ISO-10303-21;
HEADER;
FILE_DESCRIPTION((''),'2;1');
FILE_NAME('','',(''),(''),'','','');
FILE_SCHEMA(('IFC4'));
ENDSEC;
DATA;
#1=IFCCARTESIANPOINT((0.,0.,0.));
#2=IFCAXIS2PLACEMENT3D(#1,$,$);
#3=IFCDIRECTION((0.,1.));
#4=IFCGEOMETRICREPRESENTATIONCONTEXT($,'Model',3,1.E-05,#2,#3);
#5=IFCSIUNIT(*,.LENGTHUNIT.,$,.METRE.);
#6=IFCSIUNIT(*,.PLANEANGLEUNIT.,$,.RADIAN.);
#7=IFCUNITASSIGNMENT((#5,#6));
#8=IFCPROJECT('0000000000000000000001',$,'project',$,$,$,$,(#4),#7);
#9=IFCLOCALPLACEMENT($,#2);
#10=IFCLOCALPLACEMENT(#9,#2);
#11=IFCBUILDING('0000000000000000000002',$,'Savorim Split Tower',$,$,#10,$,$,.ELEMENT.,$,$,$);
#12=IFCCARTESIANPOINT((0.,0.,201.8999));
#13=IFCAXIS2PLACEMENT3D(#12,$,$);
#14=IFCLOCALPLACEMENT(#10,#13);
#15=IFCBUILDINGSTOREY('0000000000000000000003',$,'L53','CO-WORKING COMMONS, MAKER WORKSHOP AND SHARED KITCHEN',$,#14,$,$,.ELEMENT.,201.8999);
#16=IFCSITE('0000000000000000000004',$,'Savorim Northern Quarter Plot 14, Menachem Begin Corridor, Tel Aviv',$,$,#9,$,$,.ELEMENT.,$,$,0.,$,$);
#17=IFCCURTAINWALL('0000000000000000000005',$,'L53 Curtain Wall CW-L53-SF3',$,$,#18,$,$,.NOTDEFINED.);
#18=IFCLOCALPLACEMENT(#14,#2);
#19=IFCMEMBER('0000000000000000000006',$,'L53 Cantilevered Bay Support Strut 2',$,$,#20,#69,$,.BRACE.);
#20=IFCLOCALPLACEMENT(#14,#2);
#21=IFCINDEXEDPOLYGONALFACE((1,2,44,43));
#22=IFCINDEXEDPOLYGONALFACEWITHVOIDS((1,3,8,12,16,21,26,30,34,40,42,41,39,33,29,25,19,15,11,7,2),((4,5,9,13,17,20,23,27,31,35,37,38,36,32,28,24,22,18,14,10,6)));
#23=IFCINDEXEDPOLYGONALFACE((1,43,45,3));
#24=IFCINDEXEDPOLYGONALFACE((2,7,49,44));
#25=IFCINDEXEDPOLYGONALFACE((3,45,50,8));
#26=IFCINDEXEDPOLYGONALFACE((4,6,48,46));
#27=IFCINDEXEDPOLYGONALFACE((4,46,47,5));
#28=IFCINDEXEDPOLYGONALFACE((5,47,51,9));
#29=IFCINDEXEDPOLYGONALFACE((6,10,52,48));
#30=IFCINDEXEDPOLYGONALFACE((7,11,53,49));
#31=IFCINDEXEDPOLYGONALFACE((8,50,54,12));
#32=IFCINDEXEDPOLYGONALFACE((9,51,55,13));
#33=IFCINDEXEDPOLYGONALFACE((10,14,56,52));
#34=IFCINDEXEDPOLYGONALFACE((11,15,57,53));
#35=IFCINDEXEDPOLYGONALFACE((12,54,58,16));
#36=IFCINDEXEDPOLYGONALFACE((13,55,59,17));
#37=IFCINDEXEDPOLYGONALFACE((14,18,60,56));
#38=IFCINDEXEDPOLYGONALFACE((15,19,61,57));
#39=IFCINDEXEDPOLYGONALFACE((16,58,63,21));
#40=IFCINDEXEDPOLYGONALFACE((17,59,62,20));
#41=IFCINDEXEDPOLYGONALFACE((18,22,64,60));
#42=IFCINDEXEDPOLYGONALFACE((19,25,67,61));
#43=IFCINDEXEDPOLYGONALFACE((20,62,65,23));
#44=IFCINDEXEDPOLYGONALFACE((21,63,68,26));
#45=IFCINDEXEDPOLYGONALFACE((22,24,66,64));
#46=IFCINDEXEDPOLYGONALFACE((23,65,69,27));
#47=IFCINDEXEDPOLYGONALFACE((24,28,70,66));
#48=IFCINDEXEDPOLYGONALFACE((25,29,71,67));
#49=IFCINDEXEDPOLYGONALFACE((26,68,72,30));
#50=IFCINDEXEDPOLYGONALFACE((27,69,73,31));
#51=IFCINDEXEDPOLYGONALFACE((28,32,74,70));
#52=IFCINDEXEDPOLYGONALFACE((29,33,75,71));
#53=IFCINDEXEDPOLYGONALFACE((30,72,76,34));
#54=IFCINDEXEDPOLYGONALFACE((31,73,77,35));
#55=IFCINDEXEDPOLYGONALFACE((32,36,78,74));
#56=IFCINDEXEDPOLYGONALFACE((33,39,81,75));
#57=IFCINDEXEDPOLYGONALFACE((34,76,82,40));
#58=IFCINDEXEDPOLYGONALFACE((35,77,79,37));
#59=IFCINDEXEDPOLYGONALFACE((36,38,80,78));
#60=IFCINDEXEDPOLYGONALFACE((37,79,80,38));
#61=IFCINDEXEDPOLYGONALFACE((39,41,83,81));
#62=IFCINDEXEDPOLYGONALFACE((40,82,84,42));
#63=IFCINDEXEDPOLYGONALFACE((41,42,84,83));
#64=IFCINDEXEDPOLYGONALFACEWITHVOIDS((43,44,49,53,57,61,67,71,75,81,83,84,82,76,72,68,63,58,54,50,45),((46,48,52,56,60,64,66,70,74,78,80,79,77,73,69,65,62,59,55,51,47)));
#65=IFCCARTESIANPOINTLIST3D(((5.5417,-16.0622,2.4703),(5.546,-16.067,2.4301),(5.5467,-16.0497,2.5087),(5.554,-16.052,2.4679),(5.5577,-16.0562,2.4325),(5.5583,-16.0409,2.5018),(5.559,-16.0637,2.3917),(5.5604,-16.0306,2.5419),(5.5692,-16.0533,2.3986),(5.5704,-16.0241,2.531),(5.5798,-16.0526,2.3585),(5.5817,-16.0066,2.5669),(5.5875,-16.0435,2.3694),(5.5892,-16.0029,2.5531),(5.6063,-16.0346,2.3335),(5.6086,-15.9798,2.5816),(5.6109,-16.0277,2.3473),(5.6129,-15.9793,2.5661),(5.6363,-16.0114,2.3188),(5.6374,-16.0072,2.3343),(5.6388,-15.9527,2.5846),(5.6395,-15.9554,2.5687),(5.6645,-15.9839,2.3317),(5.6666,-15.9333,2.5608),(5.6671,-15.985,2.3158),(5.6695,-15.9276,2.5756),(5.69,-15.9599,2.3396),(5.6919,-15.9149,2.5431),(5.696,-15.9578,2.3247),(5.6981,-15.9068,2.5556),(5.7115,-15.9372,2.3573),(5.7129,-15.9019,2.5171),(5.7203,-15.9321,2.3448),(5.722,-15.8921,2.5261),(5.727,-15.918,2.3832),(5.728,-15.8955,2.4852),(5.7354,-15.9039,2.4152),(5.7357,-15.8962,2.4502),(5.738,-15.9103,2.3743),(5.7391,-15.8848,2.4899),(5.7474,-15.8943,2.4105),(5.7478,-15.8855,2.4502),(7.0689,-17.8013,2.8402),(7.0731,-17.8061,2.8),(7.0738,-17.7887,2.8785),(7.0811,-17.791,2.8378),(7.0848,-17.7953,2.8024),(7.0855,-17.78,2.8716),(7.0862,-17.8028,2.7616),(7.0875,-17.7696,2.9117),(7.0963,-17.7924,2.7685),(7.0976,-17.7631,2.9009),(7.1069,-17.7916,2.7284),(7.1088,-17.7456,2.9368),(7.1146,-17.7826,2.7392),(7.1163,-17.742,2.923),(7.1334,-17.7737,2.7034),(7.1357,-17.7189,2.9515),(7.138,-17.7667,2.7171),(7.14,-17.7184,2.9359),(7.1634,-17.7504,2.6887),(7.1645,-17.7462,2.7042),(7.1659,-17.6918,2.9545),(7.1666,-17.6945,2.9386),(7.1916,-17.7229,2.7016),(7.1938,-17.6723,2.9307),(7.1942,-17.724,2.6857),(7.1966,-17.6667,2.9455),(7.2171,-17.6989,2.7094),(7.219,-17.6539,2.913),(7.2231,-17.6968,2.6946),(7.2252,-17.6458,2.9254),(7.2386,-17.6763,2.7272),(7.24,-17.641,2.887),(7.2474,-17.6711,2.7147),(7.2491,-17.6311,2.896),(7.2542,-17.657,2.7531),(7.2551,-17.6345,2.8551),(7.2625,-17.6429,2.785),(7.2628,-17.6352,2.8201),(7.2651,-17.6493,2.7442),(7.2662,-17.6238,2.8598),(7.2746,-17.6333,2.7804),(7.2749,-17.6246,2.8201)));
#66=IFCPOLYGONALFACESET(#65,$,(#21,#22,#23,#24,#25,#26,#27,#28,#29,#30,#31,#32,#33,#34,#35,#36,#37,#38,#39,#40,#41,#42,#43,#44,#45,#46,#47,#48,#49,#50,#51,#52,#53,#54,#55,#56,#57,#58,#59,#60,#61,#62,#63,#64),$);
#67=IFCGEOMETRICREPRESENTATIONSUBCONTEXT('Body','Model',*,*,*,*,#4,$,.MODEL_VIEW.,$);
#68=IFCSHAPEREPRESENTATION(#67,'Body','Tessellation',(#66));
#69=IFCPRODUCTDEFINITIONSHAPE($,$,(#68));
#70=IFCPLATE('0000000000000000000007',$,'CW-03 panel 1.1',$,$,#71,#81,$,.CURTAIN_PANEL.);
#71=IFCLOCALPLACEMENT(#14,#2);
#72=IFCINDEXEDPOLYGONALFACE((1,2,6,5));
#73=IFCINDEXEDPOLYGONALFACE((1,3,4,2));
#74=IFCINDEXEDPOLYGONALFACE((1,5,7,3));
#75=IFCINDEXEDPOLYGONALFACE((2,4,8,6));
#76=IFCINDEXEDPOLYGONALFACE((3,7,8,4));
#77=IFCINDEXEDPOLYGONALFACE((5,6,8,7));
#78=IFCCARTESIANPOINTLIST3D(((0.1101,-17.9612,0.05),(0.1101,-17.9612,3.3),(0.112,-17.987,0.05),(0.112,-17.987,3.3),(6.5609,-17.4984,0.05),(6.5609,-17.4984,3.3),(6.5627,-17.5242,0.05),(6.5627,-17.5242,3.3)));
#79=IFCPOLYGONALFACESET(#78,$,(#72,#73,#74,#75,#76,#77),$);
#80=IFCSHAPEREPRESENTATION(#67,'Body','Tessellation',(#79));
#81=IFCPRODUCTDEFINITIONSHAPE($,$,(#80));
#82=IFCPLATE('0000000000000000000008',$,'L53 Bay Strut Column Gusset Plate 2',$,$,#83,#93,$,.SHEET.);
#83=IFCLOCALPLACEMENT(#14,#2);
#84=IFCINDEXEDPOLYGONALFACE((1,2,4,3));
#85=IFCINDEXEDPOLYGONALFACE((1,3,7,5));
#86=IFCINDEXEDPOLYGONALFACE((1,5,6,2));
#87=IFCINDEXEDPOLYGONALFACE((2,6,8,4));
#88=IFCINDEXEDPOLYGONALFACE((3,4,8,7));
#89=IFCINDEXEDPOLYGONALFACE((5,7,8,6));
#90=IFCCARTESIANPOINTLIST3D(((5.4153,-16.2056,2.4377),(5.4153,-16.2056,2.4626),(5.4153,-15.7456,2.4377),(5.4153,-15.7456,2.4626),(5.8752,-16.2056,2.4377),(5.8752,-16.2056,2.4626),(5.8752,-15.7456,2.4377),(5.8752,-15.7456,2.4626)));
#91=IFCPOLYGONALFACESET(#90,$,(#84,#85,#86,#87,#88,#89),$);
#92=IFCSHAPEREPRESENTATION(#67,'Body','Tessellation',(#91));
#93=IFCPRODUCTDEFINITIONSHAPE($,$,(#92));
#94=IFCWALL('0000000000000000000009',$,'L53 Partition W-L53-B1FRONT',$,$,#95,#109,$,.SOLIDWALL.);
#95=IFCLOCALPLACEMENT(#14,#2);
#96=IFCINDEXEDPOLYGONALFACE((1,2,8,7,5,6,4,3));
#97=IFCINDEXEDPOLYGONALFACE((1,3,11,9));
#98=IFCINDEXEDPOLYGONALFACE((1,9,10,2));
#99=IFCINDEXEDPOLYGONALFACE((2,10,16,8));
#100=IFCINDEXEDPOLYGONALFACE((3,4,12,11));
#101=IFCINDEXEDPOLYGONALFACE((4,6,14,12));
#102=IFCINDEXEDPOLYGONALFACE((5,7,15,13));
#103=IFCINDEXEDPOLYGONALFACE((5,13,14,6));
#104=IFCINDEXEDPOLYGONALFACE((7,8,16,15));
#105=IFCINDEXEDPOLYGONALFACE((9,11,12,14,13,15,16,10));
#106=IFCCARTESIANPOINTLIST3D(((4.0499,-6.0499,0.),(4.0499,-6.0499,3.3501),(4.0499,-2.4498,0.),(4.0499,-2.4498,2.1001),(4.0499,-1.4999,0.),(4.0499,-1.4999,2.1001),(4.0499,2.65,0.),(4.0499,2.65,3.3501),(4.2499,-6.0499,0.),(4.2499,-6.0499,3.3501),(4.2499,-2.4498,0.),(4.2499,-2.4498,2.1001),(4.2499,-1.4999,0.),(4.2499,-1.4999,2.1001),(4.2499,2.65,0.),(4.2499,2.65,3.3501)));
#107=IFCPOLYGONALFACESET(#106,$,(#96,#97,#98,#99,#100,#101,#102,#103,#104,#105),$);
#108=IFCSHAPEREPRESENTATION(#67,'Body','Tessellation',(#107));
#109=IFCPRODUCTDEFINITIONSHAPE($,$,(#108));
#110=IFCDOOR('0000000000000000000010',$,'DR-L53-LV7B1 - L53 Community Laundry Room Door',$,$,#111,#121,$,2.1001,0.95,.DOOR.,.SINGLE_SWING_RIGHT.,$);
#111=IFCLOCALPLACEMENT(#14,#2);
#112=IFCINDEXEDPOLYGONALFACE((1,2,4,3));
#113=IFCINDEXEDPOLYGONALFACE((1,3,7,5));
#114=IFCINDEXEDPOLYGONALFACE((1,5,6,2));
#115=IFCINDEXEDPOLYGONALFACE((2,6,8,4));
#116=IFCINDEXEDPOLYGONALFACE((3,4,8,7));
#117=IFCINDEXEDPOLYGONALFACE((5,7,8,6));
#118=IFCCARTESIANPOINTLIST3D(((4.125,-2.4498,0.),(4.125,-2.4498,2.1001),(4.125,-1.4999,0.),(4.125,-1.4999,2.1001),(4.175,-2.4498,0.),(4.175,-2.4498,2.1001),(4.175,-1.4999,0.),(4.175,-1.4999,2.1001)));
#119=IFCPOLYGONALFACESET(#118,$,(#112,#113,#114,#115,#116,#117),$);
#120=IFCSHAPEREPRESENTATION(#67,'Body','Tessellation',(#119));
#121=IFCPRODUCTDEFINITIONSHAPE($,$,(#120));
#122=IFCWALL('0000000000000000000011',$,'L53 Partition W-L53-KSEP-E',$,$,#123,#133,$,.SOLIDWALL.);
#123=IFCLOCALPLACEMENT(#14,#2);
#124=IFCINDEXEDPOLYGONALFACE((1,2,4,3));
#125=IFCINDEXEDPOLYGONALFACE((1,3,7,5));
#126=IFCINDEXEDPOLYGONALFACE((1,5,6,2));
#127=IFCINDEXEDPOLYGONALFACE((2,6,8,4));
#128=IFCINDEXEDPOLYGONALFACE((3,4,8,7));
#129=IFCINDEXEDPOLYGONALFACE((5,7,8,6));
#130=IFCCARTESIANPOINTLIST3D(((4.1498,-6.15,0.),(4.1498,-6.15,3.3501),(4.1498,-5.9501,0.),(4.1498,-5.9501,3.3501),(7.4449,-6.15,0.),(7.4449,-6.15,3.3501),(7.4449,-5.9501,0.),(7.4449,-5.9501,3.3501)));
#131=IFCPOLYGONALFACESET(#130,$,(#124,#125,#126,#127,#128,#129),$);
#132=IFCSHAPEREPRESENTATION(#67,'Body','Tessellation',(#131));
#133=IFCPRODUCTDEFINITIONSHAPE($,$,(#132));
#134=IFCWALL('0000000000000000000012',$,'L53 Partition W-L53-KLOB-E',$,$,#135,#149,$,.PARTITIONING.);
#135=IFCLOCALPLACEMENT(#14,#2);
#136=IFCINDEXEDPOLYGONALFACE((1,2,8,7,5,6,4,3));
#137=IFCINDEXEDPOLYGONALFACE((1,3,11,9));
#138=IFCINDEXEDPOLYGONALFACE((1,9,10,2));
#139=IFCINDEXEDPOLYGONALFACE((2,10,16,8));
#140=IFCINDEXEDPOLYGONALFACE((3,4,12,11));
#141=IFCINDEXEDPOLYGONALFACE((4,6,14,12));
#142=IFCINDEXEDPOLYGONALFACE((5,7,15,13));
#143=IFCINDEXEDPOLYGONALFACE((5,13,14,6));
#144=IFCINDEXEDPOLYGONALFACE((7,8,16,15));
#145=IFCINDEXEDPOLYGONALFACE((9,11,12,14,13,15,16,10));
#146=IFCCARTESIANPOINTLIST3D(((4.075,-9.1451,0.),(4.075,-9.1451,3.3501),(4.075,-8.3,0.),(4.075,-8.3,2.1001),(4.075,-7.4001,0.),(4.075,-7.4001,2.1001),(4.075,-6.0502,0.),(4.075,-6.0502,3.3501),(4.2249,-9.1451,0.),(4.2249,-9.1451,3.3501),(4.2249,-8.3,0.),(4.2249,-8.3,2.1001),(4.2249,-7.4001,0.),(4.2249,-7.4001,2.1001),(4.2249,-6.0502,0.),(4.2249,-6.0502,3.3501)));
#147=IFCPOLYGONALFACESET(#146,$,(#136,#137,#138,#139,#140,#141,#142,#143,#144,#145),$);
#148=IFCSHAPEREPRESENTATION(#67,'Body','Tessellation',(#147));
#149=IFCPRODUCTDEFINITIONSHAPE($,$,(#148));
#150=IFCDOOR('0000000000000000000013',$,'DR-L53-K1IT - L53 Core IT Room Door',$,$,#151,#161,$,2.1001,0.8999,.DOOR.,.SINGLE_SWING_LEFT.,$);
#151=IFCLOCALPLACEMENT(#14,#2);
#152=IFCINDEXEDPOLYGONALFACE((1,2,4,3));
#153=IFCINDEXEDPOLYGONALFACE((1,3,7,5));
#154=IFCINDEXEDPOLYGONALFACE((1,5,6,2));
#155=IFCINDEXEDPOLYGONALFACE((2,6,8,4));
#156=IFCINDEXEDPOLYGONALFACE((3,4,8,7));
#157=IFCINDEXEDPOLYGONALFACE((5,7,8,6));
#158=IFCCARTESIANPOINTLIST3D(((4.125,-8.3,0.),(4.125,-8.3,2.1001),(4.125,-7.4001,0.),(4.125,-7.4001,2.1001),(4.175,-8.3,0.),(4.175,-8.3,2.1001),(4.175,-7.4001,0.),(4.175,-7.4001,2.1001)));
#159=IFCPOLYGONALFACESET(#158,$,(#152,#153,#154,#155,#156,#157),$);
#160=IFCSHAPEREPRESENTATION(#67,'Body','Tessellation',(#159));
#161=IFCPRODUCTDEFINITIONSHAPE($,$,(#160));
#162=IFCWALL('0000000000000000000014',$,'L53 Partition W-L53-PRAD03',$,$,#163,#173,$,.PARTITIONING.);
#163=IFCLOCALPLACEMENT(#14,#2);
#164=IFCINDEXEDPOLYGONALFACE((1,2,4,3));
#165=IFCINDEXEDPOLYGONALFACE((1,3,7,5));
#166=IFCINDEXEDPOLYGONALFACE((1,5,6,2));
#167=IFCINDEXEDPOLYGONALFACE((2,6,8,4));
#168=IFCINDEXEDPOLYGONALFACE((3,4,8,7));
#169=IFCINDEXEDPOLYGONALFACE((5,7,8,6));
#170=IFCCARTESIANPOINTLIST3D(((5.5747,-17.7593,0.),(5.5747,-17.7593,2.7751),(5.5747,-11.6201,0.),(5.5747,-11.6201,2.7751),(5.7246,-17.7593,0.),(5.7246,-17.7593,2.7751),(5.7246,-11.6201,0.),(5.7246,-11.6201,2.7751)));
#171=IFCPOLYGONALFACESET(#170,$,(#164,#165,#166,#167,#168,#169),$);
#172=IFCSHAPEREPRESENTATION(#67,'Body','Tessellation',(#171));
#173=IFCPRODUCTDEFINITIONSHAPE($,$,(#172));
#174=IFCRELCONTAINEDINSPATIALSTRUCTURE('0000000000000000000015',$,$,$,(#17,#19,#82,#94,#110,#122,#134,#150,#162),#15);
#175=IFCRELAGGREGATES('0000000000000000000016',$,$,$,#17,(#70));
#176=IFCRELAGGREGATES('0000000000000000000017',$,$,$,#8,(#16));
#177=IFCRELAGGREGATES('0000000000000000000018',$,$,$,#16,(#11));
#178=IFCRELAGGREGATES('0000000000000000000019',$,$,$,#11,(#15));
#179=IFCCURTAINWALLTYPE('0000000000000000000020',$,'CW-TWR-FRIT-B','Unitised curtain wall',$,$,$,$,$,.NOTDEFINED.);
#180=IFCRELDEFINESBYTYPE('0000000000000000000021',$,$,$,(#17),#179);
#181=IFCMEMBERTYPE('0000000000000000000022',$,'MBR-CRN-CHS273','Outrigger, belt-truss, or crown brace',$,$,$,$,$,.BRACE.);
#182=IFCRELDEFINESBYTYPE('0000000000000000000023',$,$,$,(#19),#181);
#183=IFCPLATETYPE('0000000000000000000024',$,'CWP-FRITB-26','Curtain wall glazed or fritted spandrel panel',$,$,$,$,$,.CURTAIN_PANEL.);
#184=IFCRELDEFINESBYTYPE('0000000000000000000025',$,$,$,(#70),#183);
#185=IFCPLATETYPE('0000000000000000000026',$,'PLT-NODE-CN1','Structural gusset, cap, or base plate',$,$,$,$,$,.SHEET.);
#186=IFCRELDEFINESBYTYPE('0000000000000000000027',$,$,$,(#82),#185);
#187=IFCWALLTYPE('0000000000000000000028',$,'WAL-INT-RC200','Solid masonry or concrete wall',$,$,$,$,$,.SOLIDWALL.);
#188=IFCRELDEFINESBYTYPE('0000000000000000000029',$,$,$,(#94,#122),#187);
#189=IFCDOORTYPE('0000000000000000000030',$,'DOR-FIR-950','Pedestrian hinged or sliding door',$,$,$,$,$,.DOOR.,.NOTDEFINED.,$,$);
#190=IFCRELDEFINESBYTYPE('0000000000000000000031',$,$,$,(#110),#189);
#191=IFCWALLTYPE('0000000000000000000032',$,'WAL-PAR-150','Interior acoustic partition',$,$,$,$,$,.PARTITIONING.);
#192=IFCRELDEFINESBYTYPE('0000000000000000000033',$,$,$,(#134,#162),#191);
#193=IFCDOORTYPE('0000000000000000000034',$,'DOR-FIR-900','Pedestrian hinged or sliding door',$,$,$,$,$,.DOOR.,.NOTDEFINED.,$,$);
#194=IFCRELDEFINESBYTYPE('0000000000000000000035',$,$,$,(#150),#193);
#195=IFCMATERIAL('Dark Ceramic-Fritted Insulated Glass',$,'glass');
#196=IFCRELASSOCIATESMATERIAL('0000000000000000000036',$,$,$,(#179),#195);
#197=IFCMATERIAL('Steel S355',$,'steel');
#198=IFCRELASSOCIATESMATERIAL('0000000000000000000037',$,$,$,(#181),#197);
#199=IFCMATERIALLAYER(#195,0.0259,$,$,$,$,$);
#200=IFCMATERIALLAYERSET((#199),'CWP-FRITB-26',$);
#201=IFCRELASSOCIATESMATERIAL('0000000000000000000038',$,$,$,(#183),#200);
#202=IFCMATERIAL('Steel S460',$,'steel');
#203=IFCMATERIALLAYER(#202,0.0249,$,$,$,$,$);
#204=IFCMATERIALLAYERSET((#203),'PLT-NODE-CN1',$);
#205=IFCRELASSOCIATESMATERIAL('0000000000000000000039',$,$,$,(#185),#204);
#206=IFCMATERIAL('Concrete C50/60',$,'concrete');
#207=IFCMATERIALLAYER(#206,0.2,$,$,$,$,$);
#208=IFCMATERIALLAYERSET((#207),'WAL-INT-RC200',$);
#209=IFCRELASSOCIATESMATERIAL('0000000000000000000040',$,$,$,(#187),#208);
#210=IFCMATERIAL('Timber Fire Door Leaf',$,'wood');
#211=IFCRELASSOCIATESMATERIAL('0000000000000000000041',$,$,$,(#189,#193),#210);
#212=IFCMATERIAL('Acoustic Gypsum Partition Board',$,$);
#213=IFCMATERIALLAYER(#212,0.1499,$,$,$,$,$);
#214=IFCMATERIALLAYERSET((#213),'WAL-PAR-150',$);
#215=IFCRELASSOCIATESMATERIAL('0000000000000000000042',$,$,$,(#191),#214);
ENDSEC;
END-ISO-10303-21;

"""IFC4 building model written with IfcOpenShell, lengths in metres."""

from ifc_helpers import new_model, si_unit, direction, frame, frame_2d, origin, origin_2d, place, context, subcontext, project, spatial, rectangle, hollow_circle, extrude, material, layer, layer_set, material_profile, profile_set, type_object, element, fill, aggregate, save


model = new_model("IFC4")

# Units and contexts
model_context = context("Model", 3, precision=1e-05, world=origin(), true_north=direction((0.0, 1.0)))
body_context = subcontext(model_context, "Body", "Model", "MODEL_VIEW")
ifc_project = project(units=[si_unit("LENGTHUNIT", "METRE"), si_unit("PLANEANGLEUNIT", "RADIAN")], contexts=[model_context])

# Site, building, storey
site_placement = place(None, origin())
site = spatial("IfcSite", under=ifc_project, at=site_placement, Name="Savorim Northern Quarter Plot 14, Menachem Begin Corridor, Tel Aviv", CompositionType="ELEMENT", RefElevation=0.0)
building_placement = place(site_placement, origin())
building = spatial("IfcBuilding", under=site, at=building_placement, Name="Savorim Split Tower", CompositionType="ELEMENT")
storey_placement = place(building_placement, frame((0.0, 0.0, 201.8999)))
storey = spatial("IfcBuildingStorey", under=building, at=storey_placement, Name="L53", Description="CO-WORKING COMMONS, MAKER WORKSHOP AND SHARED KITCHEN", CompositionType="ELEMENT", Elevation=201.8999)

# Shared definitions
ifc_material_1 = material(Name="Steel S355", Category="steel")

# Curtain wall
ifc_material_2 = material(Name="Dark Ceramic-Fritted Insulated Glass", Category="glass")
curtain_wall_type = type_object("IfcCurtainWallType", Name="CW-TWR-FRIT-B", Description="Unitised curtain wall", PredefinedType="NOTDEFINED", material=ifc_material_2)
curtain_wall_placement = place(storey_placement, origin())
curtain_wall = element("IfcCurtainWall", 1, at=curtain_wall_placement, inside=storey, type_object=curtain_wall_type, Name="L53 Curtain Wall CW-L53-SF3", PredefinedType="NOTDEFINED")

# Member
ifc_material_profile_1 = material_profile(ifc_material_1, hollow_circle(Radius=0.1365, WallThickness=0.0161, at=origin_2d()), Name="CHS 273x16")
ifc_profile_set_1 = profile_set([ifc_material_profile_1], Name="Steel S355")
member_type_1 = type_object("IfcMemberType", Name="MBR-CRN-CHS273", Description="Outrigger, belt-truss, or crown brace", PredefinedType="BRACE", material=ifc_profile_set_1)
member_1_placement = place(storey_placement, frame((5.6453, -15.9756, 2.4502), z_axis=(0.651572, -0.74199, 0.157815), x_axis=(0.751406, 0.65984, 0.0)))
element("IfcMember", 2, at=member_1_placement, inside=storey, type_object=member_type_1, Name="L53 Cantilevered Bay Support Strut 2", PredefinedType="BRACE", context=body_context, shape_type="SweptSolid", body=[
    extrude(hollow_circle(Radius=0.1365, WallThickness=0.0161, at=origin_2d()), origin(), (0.0, 0.0, 1.0), 2.3438),
])

# Plates
ifc_layer_1 = layer(ifc_material_2, 0.0259)
ifc_layer_set_1 = layer_set([ifc_layer_1], Name="CWP-FRITB-26")
plate_type_1 = type_object("IfcPlateType", Name="CWP-FRITB-26", Description="Curtain wall glazed or fritted spandrel panel", PredefinedType="CURTAIN_PANEL", material=ifc_layer_set_1)
plate_1_placement = place(storey_placement, frame((3.3364, -17.7427, 0.05), z_axis=(0.0, 0.0, 1.0), x_axis=(0.997436, 0.071562, 0.0)))
plate_1 = element("IfcPlate", 3, at=plate_1_placement, type_object=plate_type_1, Name="CW-03 panel 1.1", PredefinedType="CURTAIN_PANEL", context=body_context, shape_type="SweptSolid", body=[
    extrude(rectangle(XDim=6.4673, YDim=0.0259, at=origin_2d()), origin(), (0.0, 0.0, 1.0), 3.25),
])
aggregate(curtain_wall, [plate_1])
ifc_material_3 = material(Name="Steel S460", Category="steel")
ifc_layer_2 = layer(ifc_material_3, 0.0249)
ifc_layer_set_2 = layer_set([ifc_layer_2], Name="PLT-NODE-CN1")
plate_type_2 = type_object("IfcPlateType", Name="PLT-NODE-CN1", Description="Structural gusset, cap, or base plate", PredefinedType="SHEET", material=ifc_layer_set_2)
plate_2_placement = place(storey_placement, frame((5.6453, -15.9756, 2.4377), z_axis=(0.0, 0.0, 1.0), x_axis=(1.0, 0.0, 0.0)))
element("IfcPlate", 4, at=plate_2_placement, inside=storey, type_object=plate_type_2, Name="L53 Bay Strut Column Gusset Plate 2", PredefinedType="SHEET", context=body_context, shape_type="SweptSolid", body=[
    extrude(rectangle(XDim=0.46, YDim=0.46, at=origin_2d()), origin(), (0.0, 0.0, 1.0), 0.0249),
])

# Wall, opening, door
ifc_material_4 = material(Name="Concrete C50/60", Category="concrete")
ifc_layer_3 = layer(ifc_material_4, 0.2)
ifc_layer_set_3 = layer_set([ifc_layer_3], Name="WAL-INT-RC200")
wall_type_1 = type_object("IfcWallType", Name="WAL-INT-RC200", Description="Solid masonry or concrete wall", PredefinedType="SOLIDWALL", material=ifc_layer_set_3)
wall_1_placement = place(storey_placement, frame((4.1499, -6.05, 0.0), z_axis=(0.0, 0.0, 1.0), x_axis=(0.0, 1.0, 0.0)))
wall_1 = element("IfcWall", 5, at=wall_1_placement, inside=storey, type_object=wall_type_1, Name="L53 Partition W-L53-B1FRONT", PredefinedType="SOLIDWALL", context=body_context, shape_type="SweptSolid", body=[
    extrude(rectangle(XDim=8.7, YDim=0.2, at=frame_2d((4.3501, 0.0))), origin(), (0.0, 0.0, 1.0), 3.3501),
])
opening_1_placement = place(wall_1_placement, frame((3.6001, 0.0, 0.0)))
opening_1 = element("IfcOpeningElement", 6, at=opening_1_placement, cuts=wall_1, PredefinedType="OPENING", context=body_context, shape_type="SweptSolid", body=[
    extrude(rectangle(XDim=0.95, YDim=2.1001, at=frame_2d((0.4751, 1.05))), frame((0.0, 0.1099, 0.0), z_axis=(0.0, -1.0, 0.0), x_axis=(1.0, 0.0, 0.0)), (0.0, 0.0, 1.0), 0.22),
])
ifc_material_5 = material(Name="Timber Fire Door Leaf", Category="wood")
door_type_1 = type_object("IfcDoorType", Name="DOR-FIR-950", Description="Pedestrian hinged or sliding door", OperationType="NOTDEFINED", PredefinedType="DOOR", material=ifc_material_5)
door_1_placement = place(opening_1_placement, origin())
door_1 = element("IfcDoor", 7, at=door_1_placement, inside=storey, type_object=door_type_1, Name="DR-L53-LV7B1 - L53 Community Laundry Room Door", OperationType="SINGLE_SWING_RIGHT", OverallHeight=2.1001, OverallWidth=0.95, PredefinedType="DOOR", context=body_context, shape_type="SweptSolid", body=[
    extrude(rectangle(XDim=0.95, YDim=2.1001, at=frame_2d((0.4751, 1.05))), frame((0.0, 0.0249, 0.0), z_axis=(0.0, -1.0, 0.0), x_axis=(1.0, 0.0, 0.0)), (0.0, 0.0, 1.0), 0.05),
])
fill(opening_1, door_1)

# Wall
wall_2_placement = place(storey_placement, frame((4.1499, -6.05, 0.0), z_axis=(0.0, 0.0, 1.0), x_axis=(1.0, 0.0, 0.0)))
element("IfcWall", 8, at=wall_2_placement, inside=storey, type_object=wall_type_1, Name="L53 Partition W-L53-KSEP-E", PredefinedType="SOLIDWALL", context=body_context, shape_type="SweptSolid", body=[
    extrude(rectangle(XDim=3.2952, YDim=0.2, at=frame_2d((1.6475, 0.0))), origin(), (0.0, 0.0, 1.0), 3.3501),
])

# Wall, opening, door
ifc_material_6 = material(Name="Acoustic Gypsum Partition Board")
ifc_layer_4 = layer(ifc_material_6, 0.1499)
ifc_layer_set_4 = layer_set([ifc_layer_4], Name="WAL-PAR-150")
wall_type_2 = type_object("IfcWallType", Name="WAL-PAR-150", Description="Interior acoustic partition", PredefinedType="PARTITIONING", material=ifc_layer_set_4)
wall_3_placement = place(storey_placement, frame((4.1499, -9.145, 0.0), z_axis=(0.0, 0.0, 1.0), x_axis=(0.0, 1.0, 0.0)))
wall_3 = element("IfcWall", 9, at=wall_3_placement, inside=storey, type_object=wall_type_2, Name="L53 Partition W-L53-KLOB-E", PredefinedType="PARTITIONING", context=body_context, shape_type="SweptSolid", body=[
    extrude(rectangle(XDim=3.095, YDim=0.1499, at=frame_2d((1.5474, 0.0))), origin(), (0.0, 0.0, 1.0), 3.3501),
])
opening_2_placement = place(wall_3_placement, frame((0.845, 0.0, 0.0)))
opening_2 = element("IfcOpeningElement", 10, at=opening_2_placement, cuts=wall_3, PredefinedType="OPENING", context=body_context, shape_type="SweptSolid", body=[
    extrude(rectangle(XDim=0.8999, YDim=2.1001, at=frame_2d((0.45, 1.05))), frame((0.0, 0.085, 0.0), z_axis=(0.0, -1.0, 0.0), x_axis=(1.0, 0.0, 0.0)), (0.0, 0.0, 1.0), 0.1699),
])
door_type_2 = type_object("IfcDoorType", Name="DOR-FIR-900", Description="Pedestrian hinged or sliding door", OperationType="NOTDEFINED", PredefinedType="DOOR", material=ifc_material_5)
door_2_placement = place(opening_2_placement, origin())
door_2 = element("IfcDoor", 11, at=door_2_placement, inside=storey, type_object=door_type_2, Name="DR-L53-K1IT - L53 Core IT Room Door", OperationType="SINGLE_SWING_LEFT", OverallHeight=2.1001, OverallWidth=0.8999, PredefinedType="DOOR", context=body_context, shape_type="SweptSolid", body=[
    extrude(rectangle(XDim=0.8999, YDim=2.1001, at=frame_2d((0.45, 1.05))), frame((0.0, 0.0249, 0.0), z_axis=(0.0, -1.0, 0.0), x_axis=(1.0, 0.0, 0.0)), (0.0, 0.0, 1.0), 0.05),
])
fill(opening_2, door_2)

# Wall
wall_4_placement = place(storey_placement, frame((5.6497, -11.6201, 0.0), z_axis=(0.0, 0.0, 1.0), x_axis=(0.0, -1.0, 0.0)))
element("IfcWall", 12, at=wall_4_placement, inside=storey, type_object=wall_type_2, Name="L53 Partition W-L53-PRAD03", PredefinedType="PARTITIONING", context=body_context, shape_type="SweptSolid", body=[
    extrude(rectangle(XDim=6.1392, YDim=0.1499, at=frame_2d((3.0696, 0.0))), origin(), (0.0, 0.0, 1.0), 2.7751),
])

save(model, "model.ifc")
